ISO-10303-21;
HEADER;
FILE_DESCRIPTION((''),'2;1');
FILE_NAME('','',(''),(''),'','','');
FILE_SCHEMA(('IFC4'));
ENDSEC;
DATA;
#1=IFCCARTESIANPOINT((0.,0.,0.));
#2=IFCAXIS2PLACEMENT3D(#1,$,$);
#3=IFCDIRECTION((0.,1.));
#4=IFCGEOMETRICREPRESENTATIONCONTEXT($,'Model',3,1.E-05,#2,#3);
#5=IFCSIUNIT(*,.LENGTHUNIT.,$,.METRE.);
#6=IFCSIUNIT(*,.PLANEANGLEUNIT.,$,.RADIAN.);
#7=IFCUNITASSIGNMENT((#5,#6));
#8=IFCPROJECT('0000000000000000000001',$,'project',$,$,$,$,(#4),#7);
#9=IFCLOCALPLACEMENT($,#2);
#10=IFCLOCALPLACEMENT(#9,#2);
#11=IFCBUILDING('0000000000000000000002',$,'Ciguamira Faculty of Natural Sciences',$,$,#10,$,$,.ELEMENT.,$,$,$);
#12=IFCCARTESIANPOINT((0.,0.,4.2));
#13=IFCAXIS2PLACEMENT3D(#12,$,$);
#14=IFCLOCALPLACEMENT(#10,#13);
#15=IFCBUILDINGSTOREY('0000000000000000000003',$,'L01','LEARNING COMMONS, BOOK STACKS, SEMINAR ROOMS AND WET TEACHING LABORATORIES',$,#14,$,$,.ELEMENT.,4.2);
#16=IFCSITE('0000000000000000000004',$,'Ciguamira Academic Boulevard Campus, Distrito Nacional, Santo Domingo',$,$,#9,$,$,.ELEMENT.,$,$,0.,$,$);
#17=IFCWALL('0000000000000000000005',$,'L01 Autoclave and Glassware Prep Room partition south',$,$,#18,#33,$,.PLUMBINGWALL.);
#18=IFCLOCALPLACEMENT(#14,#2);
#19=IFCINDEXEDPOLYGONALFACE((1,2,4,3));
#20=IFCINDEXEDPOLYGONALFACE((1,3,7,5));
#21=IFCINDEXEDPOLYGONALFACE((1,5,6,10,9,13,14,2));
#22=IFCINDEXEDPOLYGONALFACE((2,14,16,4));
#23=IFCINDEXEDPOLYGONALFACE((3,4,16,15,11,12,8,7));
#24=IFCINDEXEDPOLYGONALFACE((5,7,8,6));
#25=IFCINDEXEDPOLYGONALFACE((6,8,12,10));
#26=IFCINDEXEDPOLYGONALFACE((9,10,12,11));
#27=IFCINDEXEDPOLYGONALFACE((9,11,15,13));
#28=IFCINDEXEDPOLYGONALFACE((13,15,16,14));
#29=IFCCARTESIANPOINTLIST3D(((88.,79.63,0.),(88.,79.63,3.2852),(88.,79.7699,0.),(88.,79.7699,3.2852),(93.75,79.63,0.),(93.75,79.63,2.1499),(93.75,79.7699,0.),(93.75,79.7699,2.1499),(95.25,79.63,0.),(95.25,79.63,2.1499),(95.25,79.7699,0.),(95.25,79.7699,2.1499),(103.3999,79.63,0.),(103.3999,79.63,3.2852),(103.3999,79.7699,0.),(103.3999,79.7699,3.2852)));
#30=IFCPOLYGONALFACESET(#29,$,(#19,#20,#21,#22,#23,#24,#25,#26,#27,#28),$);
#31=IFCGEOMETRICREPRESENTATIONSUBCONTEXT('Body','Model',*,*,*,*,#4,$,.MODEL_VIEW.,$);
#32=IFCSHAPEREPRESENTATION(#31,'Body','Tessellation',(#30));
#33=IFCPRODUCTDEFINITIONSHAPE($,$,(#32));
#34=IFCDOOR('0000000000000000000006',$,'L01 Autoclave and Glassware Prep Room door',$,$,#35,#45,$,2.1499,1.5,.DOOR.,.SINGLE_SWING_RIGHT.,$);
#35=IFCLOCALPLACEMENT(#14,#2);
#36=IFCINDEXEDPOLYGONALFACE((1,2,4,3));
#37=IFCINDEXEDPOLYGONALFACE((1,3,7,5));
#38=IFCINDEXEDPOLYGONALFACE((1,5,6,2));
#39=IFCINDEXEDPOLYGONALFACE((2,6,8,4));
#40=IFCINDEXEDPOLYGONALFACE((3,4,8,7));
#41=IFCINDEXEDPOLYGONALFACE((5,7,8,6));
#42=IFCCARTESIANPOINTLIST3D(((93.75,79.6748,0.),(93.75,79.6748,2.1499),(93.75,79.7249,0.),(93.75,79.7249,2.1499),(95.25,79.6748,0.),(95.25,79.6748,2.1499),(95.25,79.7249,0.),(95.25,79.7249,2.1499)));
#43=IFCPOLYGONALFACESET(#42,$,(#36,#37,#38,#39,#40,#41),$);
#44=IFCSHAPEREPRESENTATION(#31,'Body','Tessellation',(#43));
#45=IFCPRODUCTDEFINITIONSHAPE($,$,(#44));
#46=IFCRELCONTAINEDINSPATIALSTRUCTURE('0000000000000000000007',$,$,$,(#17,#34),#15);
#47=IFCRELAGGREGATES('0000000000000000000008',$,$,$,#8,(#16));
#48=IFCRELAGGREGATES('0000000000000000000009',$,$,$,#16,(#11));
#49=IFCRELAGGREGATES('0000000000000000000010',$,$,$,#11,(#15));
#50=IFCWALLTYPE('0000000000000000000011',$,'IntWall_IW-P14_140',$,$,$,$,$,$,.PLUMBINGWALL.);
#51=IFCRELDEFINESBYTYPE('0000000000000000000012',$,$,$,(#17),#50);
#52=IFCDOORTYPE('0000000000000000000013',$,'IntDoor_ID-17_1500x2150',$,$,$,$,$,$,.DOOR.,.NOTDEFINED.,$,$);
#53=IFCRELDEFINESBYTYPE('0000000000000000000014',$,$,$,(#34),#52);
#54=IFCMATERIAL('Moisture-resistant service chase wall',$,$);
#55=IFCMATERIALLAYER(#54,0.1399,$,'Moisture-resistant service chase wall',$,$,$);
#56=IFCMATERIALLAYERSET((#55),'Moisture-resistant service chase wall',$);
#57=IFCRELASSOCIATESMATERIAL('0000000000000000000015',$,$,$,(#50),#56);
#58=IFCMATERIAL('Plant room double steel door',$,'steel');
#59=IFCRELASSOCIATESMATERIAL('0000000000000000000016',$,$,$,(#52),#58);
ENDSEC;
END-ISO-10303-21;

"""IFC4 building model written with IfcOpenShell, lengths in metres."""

from ifc_helpers import new_model, si_unit, direction, frame, frame_2d, origin, place, context, subcontext, project, spatial, rectangle, extrude, material, layer, layer_set, type_object, element, fill, save


model = new_model("IFC4")

# Units and contexts
model_context = context("Model", 3, precision=1e-05, world=origin(), true_north=direction((0.0, 1.0)))
body_context = subcontext(model_context, "Body", "Model", "MODEL_VIEW")
ifc_project = project(units=[si_unit("LENGTHUNIT", "METRE"), si_unit("PLANEANGLEUNIT", "RADIAN")], contexts=[model_context])

# Site, building, storey
site_placement = place(None, origin())
site = spatial("IfcSite", under=ifc_project, at=site_placement, Name="Ciguamira Academic Boulevard Campus, Distrito Nacional, Santo Domingo", CompositionType="ELEMENT", RefElevation=0.0)
building_placement = place(site_placement, origin())
building = spatial("IfcBuilding", under=site, at=building_placement, Name="Ciguamira Faculty of Natural Sciences", CompositionType="ELEMENT")
storey_placement = place(building_placement, frame((0.0, 0.0, 4.2)))
storey = spatial("IfcBuildingStorey", under=building, at=storey_placement, Name="L01", Description="LEARNING COMMONS, BOOK STACKS, SEMINAR ROOMS AND WET TEACHING LABORATORIES", CompositionType="ELEMENT", Elevation=4.2)

# Shared definitions
ifc_material_1 = material(Name="Moisture-resistant service chase wall")
ifc_layer = layer(ifc_material_1, 0.1399, Name="Moisture-resistant service chase wall")
ifc_layer_set = layer_set([ifc_layer], Name="Moisture-resistant service chase wall")
wall_type = type_object("IfcWallType", Name="IntWall_IW-P14_140", PredefinedType="PLUMBINGWALL", material=ifc_layer_set)

# Wall, opening, door
wall_1_placement = place(storey_placement, frame((88.0, 79.7, 0.0), z_axis=(0.0, 0.0, 1.0), x_axis=(1.0, 0.0, 0.0)))
wall_1 = element("IfcWall", 1, at=wall_1_placement, inside=storey, type_object=wall_type, Name="L01 Autoclave and Glassware Prep Room partition south", PredefinedType="PLUMBINGWALL", context=body_context, shape_type="SweptSolid", body=[
    extrude(rectangle(XDim=15.3999, YDim=0.1399, at=frame_2d((7.7, 0.0))), origin(), (0.0, 0.0, 1.0), 3.2852),
])
opening_placement = place(wall_1_placement, frame((5.75, 0.0, 0.0)))
opening = element("IfcOpeningElement", 2, at=opening_placement, cuts=wall_1, PredefinedType="OPENING", context=body_context, shape_type="SweptSolid", body=[
    extrude(rectangle(XDim=1.5, YDim=2.1499, at=frame_2d((0.75, 1.075))), frame((0.0, 0.0798, 0.0), z_axis=(0.0, -1.0, 0.0), x_axis=(1.0, 0.0, 0.0)), (0.0, 0.0, 1.0), 0.1599),
])
ifc_material_2 = material(Name="Plant room double steel door", Category="steel")
door_type = type_object("IfcDoorType", Name="IntDoor_ID-17_1500x2150", OperationType="NOTDEFINED", PredefinedType="DOOR", material=ifc_material_2)
door_placement = place(opening_placement, origin())
door = element("IfcDoor", 3, at=door_placement, inside=storey, type_object=door_type, Name="L01 Autoclave and Glassware Prep Room door", OperationType="SINGLE_SWING_RIGHT", OverallHeight=2.1499, OverallWidth=1.5, PredefinedType="DOOR", context=body_context, shape_type="SweptSolid", body=[
    extrude(rectangle(XDim=1.5, YDim=2.1499, at=frame_2d((0.75, 1.075))), frame((0.0, 0.0249, 0.0), z_axis=(0.0, -1.0, 0.0), x_axis=(1.0, 0.0, 0.0)), (0.0, 0.0, 1.0), 0.05),
])
fill(opening, door)

save(model, "model.ifc")
